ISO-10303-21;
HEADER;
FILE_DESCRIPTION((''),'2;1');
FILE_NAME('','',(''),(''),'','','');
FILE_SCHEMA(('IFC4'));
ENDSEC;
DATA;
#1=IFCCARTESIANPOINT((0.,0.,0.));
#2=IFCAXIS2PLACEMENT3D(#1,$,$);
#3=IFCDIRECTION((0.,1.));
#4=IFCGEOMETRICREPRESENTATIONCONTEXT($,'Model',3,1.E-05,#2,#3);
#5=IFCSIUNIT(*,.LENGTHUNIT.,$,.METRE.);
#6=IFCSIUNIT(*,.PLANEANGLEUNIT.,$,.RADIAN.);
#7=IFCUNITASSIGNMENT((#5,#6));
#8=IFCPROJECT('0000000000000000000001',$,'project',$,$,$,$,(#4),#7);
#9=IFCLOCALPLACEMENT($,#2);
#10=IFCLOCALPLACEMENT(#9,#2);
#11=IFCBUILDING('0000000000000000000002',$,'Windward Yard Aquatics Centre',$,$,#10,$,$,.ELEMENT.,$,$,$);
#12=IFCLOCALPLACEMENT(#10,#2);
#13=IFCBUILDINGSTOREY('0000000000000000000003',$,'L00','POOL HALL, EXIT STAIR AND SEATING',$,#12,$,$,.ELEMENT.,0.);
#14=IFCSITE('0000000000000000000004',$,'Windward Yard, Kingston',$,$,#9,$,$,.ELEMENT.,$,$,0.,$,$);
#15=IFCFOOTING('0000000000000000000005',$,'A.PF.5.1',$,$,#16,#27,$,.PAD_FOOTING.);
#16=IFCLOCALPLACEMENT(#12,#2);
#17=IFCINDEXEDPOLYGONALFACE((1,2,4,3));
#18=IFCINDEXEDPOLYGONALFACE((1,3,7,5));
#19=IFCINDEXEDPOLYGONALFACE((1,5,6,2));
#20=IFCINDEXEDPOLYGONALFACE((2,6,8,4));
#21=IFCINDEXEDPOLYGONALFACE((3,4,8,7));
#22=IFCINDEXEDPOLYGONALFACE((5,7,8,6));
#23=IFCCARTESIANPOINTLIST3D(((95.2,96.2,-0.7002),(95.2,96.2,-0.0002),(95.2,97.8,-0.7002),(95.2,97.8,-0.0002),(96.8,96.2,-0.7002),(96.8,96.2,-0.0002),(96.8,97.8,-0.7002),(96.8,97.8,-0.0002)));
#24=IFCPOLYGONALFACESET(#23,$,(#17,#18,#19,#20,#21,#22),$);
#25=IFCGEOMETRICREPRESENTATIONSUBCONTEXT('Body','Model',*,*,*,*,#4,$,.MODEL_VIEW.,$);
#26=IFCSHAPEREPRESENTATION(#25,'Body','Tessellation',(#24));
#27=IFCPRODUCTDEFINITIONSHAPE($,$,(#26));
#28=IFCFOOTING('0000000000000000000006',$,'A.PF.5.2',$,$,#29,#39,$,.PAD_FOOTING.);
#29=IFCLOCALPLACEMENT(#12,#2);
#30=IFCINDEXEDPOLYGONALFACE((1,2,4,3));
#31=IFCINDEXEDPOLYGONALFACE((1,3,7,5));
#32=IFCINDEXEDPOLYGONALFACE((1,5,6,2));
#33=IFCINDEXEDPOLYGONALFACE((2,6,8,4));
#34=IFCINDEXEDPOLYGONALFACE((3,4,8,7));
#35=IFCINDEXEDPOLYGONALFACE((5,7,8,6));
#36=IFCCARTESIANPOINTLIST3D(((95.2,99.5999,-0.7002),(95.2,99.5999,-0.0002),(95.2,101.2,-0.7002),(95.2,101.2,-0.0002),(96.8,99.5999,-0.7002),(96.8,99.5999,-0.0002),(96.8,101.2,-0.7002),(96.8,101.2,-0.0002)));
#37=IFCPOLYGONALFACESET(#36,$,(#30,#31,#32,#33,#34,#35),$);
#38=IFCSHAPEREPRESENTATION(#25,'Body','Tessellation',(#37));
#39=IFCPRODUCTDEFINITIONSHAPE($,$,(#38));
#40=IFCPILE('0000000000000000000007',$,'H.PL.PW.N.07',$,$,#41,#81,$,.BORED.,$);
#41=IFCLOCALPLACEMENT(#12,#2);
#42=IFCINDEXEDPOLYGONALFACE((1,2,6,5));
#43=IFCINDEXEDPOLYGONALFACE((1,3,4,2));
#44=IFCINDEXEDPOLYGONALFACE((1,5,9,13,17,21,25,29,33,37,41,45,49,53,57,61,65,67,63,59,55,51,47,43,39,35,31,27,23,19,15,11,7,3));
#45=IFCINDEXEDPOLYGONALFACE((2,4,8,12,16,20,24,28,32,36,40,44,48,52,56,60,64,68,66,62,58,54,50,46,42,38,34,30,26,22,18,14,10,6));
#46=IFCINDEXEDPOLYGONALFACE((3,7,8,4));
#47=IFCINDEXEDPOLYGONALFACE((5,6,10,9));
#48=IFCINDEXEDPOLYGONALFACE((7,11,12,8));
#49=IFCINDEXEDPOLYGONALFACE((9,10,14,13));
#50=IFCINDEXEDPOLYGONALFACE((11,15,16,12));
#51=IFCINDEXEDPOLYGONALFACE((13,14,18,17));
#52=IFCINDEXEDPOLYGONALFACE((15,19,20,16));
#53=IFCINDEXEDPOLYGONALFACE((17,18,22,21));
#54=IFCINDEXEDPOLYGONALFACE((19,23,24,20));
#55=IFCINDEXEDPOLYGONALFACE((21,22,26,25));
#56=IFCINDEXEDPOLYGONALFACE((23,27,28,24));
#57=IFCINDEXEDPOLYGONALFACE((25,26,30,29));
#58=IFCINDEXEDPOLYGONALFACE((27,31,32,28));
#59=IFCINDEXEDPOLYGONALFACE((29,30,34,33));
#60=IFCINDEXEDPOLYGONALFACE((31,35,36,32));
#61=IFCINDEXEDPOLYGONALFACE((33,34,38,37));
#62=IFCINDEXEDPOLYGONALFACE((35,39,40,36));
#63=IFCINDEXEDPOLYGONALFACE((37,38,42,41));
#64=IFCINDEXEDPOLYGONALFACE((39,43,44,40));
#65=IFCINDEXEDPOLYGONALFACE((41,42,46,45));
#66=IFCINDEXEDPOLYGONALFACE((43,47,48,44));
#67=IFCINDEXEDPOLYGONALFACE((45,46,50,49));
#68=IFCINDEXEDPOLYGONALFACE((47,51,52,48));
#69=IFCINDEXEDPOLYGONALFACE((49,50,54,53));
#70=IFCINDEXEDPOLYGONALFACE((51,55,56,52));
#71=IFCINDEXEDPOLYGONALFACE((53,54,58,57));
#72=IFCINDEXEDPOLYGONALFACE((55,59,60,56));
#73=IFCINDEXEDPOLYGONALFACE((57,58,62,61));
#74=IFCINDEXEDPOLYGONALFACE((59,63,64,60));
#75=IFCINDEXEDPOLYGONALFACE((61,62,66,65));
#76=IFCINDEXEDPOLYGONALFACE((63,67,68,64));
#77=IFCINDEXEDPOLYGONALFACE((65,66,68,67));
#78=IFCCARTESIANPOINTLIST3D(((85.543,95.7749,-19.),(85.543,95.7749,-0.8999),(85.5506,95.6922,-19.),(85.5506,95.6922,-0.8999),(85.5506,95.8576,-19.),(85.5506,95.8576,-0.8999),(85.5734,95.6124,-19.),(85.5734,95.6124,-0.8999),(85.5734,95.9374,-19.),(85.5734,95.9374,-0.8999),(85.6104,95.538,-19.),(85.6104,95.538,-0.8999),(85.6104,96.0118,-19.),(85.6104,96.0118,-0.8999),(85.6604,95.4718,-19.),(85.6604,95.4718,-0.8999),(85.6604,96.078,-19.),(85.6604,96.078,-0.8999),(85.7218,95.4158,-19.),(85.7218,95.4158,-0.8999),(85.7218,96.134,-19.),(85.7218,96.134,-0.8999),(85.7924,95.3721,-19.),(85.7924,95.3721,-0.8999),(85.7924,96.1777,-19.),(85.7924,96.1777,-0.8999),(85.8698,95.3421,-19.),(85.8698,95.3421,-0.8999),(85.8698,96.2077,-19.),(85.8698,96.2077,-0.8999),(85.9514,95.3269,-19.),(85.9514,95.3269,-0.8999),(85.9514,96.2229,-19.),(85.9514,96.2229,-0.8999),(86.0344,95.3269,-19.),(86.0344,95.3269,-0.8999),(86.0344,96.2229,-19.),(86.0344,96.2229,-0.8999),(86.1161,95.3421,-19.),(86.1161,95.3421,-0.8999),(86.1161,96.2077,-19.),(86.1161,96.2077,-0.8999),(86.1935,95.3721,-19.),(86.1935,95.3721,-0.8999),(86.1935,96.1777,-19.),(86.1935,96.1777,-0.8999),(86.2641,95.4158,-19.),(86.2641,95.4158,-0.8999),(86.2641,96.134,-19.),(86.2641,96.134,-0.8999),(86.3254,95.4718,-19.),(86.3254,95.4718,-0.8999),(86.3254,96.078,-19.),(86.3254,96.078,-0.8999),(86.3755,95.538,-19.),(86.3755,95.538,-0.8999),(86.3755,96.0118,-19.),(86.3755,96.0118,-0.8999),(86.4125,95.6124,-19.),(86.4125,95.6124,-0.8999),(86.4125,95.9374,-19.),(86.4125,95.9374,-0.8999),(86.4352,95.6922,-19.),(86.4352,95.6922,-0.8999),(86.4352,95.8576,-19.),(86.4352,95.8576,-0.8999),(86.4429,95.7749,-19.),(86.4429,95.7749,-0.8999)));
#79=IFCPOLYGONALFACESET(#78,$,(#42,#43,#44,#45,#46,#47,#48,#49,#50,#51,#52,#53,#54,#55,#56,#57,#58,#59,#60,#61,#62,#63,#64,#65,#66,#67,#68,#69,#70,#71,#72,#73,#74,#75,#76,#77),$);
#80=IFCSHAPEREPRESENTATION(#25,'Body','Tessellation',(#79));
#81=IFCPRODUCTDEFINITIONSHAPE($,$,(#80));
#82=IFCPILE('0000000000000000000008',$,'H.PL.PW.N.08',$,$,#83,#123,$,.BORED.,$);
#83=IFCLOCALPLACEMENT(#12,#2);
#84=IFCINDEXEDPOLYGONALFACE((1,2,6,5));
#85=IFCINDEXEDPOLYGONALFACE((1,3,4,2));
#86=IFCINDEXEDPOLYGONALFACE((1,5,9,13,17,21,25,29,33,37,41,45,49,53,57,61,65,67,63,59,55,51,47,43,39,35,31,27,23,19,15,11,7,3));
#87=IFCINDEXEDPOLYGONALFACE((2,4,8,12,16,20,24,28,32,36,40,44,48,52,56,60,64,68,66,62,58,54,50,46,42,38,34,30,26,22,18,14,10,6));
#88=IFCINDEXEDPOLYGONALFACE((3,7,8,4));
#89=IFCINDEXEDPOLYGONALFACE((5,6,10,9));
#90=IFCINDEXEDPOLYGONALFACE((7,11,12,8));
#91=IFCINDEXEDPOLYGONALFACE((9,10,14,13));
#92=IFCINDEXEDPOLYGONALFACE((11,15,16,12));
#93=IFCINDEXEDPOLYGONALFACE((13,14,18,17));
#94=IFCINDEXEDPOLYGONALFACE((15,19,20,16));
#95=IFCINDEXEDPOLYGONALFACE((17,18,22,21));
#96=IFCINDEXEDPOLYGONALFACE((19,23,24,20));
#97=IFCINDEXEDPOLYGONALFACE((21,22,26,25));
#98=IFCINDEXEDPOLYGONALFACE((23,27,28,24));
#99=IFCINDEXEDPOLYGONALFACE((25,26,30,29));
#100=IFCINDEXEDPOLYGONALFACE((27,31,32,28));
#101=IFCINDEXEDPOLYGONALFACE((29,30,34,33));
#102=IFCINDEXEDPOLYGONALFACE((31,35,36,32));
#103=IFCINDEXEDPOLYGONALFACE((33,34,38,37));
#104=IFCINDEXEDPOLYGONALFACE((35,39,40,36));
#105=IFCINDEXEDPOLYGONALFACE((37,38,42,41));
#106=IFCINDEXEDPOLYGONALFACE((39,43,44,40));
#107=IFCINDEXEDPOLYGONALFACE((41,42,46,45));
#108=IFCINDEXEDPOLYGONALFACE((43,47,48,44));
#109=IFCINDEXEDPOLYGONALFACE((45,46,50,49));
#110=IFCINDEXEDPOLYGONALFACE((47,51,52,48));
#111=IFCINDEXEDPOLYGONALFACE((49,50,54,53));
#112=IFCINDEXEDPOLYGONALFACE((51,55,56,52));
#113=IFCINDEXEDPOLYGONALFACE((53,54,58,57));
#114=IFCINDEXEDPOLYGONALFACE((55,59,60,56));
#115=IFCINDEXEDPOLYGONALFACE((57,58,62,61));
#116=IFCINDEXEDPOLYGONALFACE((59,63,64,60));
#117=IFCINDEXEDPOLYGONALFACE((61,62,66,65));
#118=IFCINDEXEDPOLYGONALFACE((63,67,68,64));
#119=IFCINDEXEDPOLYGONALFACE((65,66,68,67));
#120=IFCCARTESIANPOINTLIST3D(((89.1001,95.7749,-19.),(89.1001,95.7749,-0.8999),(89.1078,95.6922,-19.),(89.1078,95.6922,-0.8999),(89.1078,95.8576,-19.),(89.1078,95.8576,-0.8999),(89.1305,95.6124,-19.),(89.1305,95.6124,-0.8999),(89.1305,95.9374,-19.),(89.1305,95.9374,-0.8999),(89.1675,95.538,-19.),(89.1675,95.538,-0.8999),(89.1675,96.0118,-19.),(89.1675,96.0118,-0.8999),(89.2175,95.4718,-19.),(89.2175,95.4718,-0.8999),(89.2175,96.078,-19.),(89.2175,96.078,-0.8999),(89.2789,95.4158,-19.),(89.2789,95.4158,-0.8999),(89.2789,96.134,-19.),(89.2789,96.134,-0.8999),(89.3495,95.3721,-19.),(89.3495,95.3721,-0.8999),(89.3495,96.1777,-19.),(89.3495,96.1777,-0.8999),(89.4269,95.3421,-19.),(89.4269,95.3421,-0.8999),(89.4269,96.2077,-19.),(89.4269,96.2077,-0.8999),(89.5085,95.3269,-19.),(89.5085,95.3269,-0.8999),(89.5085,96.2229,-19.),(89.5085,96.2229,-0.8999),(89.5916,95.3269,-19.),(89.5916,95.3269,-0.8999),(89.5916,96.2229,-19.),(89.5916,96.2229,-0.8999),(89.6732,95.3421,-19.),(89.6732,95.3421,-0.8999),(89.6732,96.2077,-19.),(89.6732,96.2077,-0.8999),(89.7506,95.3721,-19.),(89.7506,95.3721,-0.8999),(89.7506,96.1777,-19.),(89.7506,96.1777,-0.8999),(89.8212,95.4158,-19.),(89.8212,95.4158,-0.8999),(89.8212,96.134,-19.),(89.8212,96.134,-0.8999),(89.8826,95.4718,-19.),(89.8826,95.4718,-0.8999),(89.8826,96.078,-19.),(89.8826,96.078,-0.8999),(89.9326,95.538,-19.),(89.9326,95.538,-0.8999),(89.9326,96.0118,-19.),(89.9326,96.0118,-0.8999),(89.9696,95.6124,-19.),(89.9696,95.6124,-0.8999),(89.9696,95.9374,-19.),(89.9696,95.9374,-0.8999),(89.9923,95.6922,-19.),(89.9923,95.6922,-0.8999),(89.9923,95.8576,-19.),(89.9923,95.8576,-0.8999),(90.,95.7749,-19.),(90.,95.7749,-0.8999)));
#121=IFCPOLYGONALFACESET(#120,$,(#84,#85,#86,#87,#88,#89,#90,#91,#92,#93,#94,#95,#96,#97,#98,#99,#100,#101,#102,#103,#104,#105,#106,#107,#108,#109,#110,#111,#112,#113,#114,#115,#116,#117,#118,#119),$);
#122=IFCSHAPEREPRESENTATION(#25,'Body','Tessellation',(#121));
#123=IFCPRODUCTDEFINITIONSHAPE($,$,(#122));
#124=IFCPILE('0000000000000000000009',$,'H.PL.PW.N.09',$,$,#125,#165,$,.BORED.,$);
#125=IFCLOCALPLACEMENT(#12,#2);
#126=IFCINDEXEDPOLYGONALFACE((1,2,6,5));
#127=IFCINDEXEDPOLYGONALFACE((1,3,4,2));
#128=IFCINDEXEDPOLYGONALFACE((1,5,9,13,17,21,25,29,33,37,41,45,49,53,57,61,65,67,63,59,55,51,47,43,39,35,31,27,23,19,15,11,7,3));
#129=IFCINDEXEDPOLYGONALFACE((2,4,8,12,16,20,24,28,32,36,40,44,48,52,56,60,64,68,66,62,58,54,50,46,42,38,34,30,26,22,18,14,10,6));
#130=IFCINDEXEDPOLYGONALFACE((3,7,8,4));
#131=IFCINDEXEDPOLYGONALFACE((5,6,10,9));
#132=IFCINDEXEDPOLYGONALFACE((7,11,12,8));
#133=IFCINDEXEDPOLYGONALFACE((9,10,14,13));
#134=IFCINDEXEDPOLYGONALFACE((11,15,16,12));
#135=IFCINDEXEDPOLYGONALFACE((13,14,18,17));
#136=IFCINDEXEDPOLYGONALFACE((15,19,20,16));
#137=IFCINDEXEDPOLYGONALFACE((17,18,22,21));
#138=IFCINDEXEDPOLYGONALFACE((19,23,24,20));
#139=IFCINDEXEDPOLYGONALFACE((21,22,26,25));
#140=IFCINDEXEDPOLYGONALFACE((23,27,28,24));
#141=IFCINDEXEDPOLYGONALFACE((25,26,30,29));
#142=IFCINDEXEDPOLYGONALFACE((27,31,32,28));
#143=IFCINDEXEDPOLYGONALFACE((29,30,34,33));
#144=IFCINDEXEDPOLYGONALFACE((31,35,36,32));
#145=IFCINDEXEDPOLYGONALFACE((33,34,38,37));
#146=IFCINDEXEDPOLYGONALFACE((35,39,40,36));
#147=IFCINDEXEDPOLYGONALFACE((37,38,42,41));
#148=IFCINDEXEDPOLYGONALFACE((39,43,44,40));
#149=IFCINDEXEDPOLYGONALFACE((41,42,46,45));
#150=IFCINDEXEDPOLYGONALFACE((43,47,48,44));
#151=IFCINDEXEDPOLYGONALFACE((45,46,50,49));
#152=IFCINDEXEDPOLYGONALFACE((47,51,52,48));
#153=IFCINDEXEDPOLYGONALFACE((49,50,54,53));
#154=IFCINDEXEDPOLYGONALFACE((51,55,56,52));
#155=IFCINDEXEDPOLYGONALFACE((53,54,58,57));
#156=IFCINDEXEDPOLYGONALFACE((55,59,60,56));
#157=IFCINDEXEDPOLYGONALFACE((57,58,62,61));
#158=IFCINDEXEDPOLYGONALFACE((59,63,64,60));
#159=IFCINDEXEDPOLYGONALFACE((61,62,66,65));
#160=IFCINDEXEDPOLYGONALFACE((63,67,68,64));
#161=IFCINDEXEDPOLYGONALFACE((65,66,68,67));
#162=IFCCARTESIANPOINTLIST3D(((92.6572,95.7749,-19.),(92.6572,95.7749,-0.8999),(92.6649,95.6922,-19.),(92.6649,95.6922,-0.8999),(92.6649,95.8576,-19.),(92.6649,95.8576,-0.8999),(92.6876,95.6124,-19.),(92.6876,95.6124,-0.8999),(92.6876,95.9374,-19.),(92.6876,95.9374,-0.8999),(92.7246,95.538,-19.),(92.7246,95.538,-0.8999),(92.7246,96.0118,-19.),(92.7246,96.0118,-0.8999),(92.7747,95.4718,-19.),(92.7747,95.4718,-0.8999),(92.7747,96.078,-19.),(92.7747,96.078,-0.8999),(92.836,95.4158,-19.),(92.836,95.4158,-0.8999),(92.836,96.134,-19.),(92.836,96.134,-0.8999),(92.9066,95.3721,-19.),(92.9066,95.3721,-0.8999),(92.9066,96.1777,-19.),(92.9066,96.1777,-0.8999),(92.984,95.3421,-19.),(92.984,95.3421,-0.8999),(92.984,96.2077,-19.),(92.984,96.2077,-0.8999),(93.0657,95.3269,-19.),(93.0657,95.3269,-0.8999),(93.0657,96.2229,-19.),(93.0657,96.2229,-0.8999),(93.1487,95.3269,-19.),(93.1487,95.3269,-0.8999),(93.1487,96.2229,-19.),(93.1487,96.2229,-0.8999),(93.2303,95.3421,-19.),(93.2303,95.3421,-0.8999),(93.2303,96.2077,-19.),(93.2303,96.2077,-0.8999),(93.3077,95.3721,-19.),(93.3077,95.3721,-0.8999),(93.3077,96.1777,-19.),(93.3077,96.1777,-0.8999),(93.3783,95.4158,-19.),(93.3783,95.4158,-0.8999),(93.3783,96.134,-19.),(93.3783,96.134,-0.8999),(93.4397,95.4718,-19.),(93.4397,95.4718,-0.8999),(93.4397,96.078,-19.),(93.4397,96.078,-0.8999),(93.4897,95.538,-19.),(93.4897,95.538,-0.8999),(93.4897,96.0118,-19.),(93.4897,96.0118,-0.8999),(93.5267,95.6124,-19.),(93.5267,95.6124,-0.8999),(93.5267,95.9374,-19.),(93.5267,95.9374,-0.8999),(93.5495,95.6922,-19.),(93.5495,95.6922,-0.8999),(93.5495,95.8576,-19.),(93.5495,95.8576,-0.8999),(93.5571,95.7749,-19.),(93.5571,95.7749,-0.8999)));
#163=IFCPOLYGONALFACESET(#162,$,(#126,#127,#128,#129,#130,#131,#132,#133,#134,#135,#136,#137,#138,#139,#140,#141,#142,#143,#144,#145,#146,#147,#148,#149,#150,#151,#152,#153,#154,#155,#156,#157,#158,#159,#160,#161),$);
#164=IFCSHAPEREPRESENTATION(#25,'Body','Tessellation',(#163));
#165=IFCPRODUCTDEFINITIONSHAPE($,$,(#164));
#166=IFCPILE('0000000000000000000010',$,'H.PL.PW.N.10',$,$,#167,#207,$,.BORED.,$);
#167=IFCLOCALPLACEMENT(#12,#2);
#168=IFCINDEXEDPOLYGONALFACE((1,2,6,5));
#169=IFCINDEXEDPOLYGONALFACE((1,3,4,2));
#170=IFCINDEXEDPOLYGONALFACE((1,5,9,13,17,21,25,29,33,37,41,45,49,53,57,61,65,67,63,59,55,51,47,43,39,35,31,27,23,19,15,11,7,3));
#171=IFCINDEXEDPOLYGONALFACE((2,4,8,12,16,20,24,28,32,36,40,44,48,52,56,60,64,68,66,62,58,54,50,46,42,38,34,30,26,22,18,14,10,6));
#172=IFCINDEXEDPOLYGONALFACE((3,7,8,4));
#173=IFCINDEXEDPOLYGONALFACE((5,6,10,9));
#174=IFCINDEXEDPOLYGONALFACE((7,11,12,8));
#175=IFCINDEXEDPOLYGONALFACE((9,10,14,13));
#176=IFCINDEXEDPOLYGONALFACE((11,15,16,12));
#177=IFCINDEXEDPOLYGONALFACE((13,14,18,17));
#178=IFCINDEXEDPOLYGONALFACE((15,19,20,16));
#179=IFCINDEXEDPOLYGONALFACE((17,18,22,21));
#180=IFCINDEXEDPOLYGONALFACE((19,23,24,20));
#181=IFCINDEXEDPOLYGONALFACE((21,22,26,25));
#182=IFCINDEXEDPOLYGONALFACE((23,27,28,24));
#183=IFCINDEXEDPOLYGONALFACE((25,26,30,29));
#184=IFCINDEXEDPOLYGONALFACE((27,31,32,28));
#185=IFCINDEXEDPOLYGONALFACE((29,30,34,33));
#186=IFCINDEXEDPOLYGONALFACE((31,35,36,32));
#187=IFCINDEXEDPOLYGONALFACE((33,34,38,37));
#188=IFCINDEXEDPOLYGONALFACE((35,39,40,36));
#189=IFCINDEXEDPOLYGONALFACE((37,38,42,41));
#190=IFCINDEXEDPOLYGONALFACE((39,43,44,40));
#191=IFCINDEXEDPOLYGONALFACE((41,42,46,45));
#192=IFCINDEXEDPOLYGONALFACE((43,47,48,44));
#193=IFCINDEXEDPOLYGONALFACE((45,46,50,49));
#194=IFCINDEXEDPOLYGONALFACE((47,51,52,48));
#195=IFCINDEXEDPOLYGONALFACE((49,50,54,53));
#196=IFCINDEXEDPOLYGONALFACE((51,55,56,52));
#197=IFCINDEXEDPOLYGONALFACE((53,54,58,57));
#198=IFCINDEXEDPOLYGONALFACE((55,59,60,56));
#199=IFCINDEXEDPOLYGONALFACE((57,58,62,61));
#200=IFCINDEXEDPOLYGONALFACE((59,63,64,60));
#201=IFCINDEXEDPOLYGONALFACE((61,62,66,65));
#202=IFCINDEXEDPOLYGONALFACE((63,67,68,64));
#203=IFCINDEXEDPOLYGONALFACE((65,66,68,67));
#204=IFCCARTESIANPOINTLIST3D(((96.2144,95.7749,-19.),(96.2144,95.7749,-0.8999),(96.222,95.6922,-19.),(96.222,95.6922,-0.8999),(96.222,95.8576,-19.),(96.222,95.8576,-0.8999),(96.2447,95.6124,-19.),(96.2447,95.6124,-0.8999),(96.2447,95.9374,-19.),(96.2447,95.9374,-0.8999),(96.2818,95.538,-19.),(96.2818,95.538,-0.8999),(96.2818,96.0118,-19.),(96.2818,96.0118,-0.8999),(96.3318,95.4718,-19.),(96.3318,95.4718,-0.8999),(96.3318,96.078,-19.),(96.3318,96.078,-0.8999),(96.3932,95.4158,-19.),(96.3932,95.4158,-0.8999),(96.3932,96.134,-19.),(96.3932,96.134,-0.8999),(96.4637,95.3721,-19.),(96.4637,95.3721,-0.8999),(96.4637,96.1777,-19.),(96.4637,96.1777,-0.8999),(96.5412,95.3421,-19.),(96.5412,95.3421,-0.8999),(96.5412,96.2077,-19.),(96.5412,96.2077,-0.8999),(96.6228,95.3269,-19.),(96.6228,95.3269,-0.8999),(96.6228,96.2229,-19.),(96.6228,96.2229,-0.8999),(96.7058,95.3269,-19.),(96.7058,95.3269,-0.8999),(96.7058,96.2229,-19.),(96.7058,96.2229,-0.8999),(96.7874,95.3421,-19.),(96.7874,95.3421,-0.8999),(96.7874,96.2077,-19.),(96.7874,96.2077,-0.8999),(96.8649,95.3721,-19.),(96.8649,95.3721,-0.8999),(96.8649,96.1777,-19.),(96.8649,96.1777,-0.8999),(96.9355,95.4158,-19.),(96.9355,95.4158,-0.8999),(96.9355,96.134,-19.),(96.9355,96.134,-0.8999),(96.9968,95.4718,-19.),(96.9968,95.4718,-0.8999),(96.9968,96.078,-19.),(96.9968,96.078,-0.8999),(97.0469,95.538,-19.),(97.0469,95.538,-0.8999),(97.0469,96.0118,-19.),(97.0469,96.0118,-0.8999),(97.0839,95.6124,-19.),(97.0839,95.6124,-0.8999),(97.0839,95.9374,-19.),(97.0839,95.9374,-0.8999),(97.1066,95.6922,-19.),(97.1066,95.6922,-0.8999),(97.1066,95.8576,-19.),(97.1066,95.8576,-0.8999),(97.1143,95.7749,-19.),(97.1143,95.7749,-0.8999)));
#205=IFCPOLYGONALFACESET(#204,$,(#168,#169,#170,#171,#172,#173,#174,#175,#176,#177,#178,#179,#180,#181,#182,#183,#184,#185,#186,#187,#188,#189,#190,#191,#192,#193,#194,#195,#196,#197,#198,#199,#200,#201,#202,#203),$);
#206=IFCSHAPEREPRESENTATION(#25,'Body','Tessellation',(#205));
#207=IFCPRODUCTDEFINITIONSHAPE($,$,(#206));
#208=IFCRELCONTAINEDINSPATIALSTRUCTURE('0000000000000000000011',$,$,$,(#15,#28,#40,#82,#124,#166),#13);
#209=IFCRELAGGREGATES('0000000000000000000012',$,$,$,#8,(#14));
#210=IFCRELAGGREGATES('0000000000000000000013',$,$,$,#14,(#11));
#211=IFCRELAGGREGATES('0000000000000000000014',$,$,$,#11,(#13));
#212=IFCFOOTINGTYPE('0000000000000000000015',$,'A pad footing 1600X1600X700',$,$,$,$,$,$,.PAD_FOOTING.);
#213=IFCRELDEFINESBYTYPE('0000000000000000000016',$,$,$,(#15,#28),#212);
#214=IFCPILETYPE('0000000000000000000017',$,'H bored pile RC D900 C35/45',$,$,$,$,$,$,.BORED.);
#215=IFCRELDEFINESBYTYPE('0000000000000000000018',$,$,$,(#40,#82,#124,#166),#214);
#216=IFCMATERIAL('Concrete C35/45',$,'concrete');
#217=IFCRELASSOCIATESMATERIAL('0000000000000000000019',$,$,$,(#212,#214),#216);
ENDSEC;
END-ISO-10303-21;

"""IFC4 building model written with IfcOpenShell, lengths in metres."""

from ifc_helpers import new_model, si_unit, direction, frame, origin, origin_2d, place, context, subcontext, project, spatial, rectangle, circle, extrude, material, material_profile, profile_set, type_object, element, save


model = new_model("IFC4")

# Units and contexts
model_context = context("Model", 3, precision=1e-05, world=origin(), true_north=direction((0.0, 1.0)))
body_context = subcontext(model_context, "Body", "Model", "MODEL_VIEW")
ifc_project = project(units=[si_unit("LENGTHUNIT", "METRE"), si_unit("PLANEANGLEUNIT", "RADIAN")], contexts=[model_context])

# Site, building, storey
site_placement = place(None, origin())
site = spatial("IfcSite", under=ifc_project, at=site_placement, Name="Windward Yard, Kingston", CompositionType="ELEMENT", RefElevation=0.0)
building_placement = place(site_placement, origin())
building = spatial("IfcBuilding", under=site, at=building_placement, Name="Windward Yard Aquatics Centre", CompositionType="ELEMENT")
storey_placement = place(building_placement, origin())
storey = spatial("IfcBuildingStorey", under=building, at=storey_placement, Name="L00", Description="POOL HALL, EXIT STAIR AND SEATING", CompositionType="ELEMENT", Elevation=0.0)

# Footings
ifc_material_1 = material(Name="Concrete C35/45", Category="concrete")
footing_type_1 = type_object("IfcFootingType", Name="A pad footing 1600X1600X700", PredefinedType="PAD_FOOTING", material=ifc_material_1)
for number, where, z_axis, x_axis, name in (
    (1, (96.0, 97.0, -0.7002), (0.0, 0.0, 1.0), (1.0, 0.0, 0.0), "A.PF.5.1"),
    (2, (96.0, 100.3999, -0.7002), (0.0, 0.0, 1.0), (1.0, 0.0, 0.0), "A.PF.5.2"),
):
    element("IfcFooting", number, at=place(storey_placement, frame(where, z_axis=z_axis, x_axis=x_axis)), inside=storey, type_object=footing_type_1, Name=name, PredefinedType="PAD_FOOTING", context=body_context, shape_type="SweptSolid", body=[
        extrude(rectangle(XDim=1.6001, YDim=1.6001, at=origin_2d()), origin(), (0.0, 0.0, 1.0), 0.7),
    ])

# Piles
ifc_material_profile_1 = material_profile(ifc_material_1, circle(Radius=0.45, at=origin_2d()), Name="RC D900")
ifc_profile_set_1 = profile_set([ifc_material_profile_1], Name="Concrete C35/45")
pile_type = type_object("IfcPileType", Name="H bored pile RC D900 C35/45", PredefinedType="BORED", material=ifc_profile_set_1)
for number, where, z_axis, x_axis, name in (
    (3, (85.9929, 95.7749, -0.8999), (0.0, 0.0, -1.0), (1.0, 0.0, 0.0), "H.PL.PW.N.07"),
    (4, (89.55, 95.7749, -0.8999), (0.0, 0.0, -1.0), (1.0, 0.0, 0.0), "H.PL.PW.N.08"),
    (5, (93.1072, 95.7749, -0.8999), (0.0, 0.0, -1.0), (1.0, 0.0, 0.0), "H.PL.PW.N.09"),
    (6, (96.6643, 95.7749, -0.8999), (0.0, 0.0, -1.0), (1.0, 0.0, 0.0), "H.PL.PW.N.10"),
):
    element("IfcPile", number, at=place(storey_placement, frame(where, z_axis=z_axis, x_axis=x_axis)), inside=storey, type_object=pile_type, Name=name, PredefinedType="BORED", context=body_context, shape_type="SweptSolid", body=[
        extrude(circle(Radius=0.45, at=origin_2d()), origin(), (0.0, 0.0, 1.0), 18.1001),
    ])

save(model, "model.ifc")
